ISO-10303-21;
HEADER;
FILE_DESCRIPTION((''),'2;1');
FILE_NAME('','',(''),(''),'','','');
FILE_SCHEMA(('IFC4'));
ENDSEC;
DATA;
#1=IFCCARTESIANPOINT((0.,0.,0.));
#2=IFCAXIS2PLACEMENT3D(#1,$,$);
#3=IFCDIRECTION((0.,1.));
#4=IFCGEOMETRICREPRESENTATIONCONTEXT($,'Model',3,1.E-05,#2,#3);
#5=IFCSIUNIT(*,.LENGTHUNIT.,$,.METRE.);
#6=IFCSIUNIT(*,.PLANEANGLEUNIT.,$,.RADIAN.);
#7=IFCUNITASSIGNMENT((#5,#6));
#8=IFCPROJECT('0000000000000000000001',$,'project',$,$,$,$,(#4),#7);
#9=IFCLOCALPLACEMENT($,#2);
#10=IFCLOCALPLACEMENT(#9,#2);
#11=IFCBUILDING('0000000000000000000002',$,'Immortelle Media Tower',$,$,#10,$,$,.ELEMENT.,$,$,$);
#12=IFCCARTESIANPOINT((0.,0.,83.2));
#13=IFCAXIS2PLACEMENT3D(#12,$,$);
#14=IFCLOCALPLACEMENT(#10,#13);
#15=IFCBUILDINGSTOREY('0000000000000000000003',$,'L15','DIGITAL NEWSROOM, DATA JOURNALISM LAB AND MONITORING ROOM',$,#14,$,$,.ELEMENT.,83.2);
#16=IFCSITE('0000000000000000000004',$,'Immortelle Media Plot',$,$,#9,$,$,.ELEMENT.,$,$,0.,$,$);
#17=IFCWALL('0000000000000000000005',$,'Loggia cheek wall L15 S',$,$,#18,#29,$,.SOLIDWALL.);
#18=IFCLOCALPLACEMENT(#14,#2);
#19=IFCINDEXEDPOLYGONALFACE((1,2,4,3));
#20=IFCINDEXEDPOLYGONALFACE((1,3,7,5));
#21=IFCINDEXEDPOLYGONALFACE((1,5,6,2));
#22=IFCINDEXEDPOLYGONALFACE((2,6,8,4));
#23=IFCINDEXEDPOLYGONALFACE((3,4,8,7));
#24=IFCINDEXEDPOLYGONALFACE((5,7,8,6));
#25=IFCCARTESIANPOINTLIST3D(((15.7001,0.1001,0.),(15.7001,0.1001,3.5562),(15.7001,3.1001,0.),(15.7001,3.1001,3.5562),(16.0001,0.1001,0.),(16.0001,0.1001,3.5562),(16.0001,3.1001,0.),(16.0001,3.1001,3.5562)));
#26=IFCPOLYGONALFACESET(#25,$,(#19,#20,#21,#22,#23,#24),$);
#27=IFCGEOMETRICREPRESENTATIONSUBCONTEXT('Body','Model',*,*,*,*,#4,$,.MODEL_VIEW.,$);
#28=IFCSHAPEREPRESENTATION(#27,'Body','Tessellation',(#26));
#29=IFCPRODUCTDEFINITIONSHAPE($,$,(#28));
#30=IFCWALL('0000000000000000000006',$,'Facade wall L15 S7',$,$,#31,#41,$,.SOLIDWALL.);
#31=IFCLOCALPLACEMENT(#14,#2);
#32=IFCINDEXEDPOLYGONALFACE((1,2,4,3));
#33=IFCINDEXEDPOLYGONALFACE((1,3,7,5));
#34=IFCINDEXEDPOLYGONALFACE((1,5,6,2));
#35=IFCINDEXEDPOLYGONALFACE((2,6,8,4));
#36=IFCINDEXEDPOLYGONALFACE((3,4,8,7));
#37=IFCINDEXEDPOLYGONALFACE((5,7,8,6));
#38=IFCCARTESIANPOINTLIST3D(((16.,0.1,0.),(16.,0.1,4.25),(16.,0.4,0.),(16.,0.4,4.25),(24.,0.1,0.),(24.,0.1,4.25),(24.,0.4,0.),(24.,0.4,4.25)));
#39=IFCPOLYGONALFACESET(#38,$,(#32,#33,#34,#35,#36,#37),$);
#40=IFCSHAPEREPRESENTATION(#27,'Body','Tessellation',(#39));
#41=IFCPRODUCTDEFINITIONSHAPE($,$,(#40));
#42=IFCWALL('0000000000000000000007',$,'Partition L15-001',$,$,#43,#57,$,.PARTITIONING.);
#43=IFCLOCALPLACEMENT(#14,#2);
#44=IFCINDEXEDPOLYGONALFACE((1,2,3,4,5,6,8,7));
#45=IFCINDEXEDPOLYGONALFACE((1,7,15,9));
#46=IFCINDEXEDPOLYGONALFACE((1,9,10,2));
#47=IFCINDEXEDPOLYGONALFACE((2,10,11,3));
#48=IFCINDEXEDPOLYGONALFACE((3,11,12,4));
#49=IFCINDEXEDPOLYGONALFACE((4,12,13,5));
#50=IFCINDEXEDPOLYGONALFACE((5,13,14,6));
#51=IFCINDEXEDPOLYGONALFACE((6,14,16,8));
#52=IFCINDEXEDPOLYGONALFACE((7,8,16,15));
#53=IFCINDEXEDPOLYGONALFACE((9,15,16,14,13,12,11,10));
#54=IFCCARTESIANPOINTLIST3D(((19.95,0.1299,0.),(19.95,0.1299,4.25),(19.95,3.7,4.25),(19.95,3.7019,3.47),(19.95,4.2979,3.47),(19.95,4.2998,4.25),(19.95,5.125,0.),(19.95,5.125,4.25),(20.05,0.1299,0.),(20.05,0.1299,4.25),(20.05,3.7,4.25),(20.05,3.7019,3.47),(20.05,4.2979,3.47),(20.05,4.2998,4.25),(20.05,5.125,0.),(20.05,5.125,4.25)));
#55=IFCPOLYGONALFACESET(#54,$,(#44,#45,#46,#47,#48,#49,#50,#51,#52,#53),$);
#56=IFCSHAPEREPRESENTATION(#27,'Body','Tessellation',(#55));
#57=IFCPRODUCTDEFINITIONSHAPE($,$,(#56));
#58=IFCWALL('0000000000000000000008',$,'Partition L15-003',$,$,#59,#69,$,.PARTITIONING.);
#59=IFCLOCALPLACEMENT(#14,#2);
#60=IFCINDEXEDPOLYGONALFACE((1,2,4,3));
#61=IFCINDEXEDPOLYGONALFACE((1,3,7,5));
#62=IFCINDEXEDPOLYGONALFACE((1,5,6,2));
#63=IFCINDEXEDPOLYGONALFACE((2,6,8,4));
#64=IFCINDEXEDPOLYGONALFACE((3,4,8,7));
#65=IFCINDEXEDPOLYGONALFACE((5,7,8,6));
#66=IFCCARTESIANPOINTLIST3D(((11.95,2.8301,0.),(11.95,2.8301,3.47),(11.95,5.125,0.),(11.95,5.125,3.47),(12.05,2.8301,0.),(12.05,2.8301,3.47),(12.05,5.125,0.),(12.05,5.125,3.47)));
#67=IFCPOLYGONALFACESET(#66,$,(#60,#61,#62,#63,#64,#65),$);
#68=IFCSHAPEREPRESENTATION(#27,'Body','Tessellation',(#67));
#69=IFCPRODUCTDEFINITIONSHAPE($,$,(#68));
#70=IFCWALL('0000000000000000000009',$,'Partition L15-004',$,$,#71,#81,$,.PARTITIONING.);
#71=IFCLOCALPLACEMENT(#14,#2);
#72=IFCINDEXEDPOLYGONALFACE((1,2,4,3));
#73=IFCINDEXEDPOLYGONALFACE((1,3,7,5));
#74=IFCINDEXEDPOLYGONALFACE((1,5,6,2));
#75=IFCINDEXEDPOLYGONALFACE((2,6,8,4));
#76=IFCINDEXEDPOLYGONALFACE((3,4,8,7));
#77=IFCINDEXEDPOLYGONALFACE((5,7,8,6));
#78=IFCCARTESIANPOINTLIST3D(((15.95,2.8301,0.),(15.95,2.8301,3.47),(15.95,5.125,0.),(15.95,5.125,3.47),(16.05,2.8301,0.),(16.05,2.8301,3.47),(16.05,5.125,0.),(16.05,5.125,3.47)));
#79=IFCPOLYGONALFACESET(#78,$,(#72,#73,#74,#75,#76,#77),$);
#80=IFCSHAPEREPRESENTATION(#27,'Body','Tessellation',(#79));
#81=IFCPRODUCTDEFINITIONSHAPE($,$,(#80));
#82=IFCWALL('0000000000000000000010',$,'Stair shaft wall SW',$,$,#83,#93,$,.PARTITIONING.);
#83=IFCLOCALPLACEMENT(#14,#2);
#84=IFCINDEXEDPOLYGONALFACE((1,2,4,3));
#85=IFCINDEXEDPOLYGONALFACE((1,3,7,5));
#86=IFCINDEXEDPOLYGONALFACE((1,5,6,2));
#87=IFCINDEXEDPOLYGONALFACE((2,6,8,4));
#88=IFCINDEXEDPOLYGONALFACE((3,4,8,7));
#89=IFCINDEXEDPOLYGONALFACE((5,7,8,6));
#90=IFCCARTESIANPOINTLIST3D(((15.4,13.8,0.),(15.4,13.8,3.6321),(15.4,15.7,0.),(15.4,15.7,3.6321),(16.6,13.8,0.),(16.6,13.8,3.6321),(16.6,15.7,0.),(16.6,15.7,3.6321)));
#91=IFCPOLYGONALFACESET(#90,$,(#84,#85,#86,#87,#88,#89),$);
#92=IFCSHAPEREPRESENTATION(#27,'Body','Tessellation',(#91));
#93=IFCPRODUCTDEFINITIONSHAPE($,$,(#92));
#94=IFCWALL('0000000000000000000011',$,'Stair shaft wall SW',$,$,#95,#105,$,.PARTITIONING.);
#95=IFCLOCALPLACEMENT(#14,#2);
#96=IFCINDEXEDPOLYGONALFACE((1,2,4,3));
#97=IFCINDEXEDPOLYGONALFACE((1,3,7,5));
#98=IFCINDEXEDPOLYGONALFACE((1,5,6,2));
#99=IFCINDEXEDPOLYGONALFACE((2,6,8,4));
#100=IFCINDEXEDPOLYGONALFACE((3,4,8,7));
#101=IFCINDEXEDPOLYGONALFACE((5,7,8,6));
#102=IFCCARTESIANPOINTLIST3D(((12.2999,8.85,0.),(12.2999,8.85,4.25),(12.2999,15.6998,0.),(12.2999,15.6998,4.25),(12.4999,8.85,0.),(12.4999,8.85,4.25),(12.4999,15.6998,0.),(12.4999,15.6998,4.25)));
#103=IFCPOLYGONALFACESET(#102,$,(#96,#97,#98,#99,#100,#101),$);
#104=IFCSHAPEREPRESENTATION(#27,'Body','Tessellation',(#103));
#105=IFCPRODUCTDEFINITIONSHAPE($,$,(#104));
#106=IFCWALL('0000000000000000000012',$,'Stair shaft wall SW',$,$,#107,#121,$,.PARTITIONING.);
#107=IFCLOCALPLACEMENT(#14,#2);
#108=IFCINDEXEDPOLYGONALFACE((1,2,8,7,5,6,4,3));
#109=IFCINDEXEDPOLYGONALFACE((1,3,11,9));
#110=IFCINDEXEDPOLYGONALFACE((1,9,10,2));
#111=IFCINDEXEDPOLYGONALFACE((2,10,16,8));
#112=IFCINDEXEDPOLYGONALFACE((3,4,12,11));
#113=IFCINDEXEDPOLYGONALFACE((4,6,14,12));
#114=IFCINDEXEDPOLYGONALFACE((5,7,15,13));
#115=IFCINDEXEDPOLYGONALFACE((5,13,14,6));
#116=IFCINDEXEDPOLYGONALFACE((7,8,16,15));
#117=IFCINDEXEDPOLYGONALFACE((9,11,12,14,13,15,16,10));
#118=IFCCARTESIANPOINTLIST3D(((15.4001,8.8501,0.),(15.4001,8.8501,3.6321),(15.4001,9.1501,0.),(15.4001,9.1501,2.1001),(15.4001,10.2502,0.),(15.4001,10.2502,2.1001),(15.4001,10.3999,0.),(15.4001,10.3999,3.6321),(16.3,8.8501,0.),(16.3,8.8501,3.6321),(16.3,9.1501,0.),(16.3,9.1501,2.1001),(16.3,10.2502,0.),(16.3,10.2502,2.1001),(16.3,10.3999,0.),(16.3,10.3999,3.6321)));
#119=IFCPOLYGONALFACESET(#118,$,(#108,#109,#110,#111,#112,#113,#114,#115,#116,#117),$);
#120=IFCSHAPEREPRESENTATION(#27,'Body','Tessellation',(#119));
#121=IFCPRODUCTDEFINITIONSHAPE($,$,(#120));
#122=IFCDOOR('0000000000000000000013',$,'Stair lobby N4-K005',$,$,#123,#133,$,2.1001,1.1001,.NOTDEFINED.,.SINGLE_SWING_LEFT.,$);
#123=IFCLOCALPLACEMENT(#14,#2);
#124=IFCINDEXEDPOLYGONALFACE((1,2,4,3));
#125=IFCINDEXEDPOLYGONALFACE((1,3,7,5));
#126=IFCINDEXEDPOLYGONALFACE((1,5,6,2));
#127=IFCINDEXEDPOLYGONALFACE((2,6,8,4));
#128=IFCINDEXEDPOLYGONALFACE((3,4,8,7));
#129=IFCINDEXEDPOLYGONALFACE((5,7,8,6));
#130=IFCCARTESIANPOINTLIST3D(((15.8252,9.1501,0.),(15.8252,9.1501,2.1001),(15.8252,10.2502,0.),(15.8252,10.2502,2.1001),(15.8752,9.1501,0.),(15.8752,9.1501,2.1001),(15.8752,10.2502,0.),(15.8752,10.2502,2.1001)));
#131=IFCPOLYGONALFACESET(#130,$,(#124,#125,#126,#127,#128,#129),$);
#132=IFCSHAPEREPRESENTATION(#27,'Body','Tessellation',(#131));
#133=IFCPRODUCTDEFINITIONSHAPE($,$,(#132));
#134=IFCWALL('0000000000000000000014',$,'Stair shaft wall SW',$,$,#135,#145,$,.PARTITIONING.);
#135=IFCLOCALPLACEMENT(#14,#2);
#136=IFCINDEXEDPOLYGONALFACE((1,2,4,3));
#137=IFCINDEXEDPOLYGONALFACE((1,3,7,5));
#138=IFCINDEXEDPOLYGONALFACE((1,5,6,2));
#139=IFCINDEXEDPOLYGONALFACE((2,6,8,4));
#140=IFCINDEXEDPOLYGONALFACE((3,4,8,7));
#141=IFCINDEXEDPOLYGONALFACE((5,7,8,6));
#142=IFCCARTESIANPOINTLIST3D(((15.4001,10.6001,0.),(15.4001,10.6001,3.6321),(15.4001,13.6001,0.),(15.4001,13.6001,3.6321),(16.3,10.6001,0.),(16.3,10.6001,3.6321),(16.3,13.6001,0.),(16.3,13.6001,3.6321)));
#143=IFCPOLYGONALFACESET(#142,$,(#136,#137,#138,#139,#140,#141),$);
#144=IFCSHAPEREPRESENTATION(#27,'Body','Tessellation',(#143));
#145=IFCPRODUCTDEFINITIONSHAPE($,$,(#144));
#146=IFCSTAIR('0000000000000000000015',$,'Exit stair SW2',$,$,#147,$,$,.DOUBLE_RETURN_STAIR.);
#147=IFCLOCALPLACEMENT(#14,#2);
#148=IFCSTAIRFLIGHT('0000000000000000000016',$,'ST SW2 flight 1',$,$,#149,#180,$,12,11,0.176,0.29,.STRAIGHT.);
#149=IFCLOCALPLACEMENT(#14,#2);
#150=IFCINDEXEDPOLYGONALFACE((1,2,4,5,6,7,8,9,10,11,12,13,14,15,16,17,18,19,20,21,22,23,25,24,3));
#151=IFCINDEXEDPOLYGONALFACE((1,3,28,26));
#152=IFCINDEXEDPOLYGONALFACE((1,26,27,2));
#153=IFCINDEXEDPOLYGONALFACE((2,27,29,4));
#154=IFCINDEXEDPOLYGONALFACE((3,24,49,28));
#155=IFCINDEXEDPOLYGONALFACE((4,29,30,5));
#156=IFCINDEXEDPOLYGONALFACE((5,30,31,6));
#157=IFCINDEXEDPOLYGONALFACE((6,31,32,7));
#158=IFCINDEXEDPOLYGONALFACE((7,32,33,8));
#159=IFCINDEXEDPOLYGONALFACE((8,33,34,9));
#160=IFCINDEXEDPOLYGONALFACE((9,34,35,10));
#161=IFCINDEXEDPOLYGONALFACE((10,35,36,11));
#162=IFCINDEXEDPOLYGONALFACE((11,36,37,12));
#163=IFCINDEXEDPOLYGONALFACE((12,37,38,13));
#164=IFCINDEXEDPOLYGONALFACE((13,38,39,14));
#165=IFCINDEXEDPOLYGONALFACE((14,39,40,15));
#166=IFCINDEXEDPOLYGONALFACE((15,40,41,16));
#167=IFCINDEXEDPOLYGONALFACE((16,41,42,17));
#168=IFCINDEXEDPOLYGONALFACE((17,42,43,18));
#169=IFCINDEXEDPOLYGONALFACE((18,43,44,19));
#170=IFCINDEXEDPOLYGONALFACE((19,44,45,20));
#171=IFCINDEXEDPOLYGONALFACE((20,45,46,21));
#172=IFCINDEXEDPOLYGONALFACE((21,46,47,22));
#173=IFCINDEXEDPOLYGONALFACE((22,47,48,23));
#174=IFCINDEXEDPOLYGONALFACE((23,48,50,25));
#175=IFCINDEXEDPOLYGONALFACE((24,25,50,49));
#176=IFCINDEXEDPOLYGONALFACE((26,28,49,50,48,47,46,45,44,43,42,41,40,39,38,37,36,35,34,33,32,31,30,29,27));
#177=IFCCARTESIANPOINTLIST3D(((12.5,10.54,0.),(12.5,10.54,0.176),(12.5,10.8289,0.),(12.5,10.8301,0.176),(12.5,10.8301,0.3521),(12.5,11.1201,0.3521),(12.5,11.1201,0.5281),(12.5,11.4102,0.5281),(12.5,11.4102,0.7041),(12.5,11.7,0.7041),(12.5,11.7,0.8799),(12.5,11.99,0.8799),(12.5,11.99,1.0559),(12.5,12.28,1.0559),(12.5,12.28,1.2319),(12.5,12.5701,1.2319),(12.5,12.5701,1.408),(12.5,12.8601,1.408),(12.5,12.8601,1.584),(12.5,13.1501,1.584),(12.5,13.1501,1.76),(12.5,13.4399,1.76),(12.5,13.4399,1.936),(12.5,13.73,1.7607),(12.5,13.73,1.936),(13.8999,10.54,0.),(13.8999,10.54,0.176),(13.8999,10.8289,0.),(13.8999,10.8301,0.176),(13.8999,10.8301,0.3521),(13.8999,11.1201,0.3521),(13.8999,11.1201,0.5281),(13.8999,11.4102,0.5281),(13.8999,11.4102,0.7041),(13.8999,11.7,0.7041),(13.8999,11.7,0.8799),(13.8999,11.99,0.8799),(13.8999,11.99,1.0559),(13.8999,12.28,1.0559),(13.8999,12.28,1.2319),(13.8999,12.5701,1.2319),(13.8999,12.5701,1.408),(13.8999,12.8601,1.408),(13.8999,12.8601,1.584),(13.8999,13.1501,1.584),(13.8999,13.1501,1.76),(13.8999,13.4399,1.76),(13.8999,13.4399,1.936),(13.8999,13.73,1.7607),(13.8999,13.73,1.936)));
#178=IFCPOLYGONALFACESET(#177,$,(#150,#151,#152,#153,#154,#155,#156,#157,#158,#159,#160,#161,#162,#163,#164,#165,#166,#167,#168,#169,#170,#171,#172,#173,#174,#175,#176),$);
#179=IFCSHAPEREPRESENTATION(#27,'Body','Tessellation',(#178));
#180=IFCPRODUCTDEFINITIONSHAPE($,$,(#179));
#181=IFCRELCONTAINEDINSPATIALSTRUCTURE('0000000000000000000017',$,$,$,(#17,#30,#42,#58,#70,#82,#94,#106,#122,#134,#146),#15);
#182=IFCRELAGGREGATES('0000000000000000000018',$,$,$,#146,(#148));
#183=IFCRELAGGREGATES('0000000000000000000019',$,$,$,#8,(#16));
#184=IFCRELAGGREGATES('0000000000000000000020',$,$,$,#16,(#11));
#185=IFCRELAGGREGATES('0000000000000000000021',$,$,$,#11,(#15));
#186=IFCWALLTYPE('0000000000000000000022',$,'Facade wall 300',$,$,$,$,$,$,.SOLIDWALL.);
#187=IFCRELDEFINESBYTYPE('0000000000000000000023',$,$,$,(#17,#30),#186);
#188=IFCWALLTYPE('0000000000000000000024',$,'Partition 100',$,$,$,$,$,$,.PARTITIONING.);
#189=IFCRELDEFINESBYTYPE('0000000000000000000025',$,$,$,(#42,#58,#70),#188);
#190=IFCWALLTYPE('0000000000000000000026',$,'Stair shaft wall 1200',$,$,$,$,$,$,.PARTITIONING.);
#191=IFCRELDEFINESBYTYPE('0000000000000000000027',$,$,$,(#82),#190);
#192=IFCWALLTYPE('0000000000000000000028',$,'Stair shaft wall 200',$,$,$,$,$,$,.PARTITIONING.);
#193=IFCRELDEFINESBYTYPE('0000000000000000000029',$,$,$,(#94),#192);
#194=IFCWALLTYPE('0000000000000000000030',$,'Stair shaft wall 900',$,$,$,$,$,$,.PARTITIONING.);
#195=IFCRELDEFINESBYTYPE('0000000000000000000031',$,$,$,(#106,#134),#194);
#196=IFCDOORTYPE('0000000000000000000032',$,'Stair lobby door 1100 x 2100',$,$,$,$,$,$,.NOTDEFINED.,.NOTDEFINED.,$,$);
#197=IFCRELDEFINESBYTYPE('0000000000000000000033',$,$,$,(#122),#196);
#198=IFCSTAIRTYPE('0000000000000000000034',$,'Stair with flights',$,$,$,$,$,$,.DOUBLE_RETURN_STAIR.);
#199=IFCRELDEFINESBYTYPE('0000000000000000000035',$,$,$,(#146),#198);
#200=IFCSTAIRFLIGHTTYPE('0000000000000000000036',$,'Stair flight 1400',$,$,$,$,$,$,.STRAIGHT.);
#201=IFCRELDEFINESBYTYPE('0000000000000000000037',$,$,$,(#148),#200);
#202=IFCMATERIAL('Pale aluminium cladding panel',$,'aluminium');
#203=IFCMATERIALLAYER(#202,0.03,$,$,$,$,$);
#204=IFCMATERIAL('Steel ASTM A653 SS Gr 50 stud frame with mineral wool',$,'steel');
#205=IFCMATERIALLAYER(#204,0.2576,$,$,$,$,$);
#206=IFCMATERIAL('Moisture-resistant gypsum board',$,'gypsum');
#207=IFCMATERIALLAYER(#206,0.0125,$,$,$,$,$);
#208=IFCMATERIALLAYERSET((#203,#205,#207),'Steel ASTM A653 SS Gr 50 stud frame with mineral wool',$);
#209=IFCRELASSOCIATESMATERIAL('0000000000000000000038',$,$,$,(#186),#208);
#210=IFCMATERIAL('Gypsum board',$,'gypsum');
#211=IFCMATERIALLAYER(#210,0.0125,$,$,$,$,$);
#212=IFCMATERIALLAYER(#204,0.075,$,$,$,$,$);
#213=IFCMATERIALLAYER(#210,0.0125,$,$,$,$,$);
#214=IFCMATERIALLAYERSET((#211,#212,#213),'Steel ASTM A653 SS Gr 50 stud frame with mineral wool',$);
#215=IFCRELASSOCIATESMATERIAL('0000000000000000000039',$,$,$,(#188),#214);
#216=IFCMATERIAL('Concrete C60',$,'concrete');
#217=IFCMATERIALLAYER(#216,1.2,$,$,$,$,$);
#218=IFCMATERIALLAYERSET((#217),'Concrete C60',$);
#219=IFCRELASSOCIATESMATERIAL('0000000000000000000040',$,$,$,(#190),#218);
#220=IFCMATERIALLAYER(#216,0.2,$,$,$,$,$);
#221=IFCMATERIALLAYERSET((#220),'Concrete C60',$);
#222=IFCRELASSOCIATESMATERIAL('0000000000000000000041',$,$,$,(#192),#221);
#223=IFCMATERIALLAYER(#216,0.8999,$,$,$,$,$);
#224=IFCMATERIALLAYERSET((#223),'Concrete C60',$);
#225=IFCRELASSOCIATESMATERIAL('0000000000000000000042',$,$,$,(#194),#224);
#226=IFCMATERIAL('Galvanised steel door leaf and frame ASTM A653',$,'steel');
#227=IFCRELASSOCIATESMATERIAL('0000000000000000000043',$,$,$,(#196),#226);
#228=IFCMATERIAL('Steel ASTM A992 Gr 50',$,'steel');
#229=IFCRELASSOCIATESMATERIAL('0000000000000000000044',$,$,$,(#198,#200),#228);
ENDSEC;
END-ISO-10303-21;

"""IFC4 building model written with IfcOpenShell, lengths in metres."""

from ifc_helpers import new_model, si_unit, direction, frame, frame_2d, origin, place, context, subcontext, project, spatial, polyline, rectangle, outline, extrude, material, layer, layer_set, type_object, element, fill, aggregate, save


model = new_model("IFC4")

# Units and contexts
model_context = context("Model", 3, precision=1e-05, world=origin(), true_north=direction((0.0, 1.0)))
body_context = subcontext(model_context, "Body", "Model", "MODEL_VIEW")
ifc_project = project(units=[si_unit("LENGTHUNIT", "METRE"), si_unit("PLANEANGLEUNIT", "RADIAN")], contexts=[model_context])

# Site, building, storey
site_placement = place(None, origin())
site = spatial("IfcSite", under=ifc_project, at=site_placement, Name="Immortelle Media Plot", CompositionType="ELEMENT", RefElevation=0.0)
building_placement = place(site_placement, origin())
building = spatial("IfcBuilding", under=site, at=building_placement, Name="Immortelle Media Tower", CompositionType="ELEMENT")
storey_placement = place(building_placement, frame((0.0, 0.0, 83.2)))
storey = spatial("IfcBuildingStorey", under=building, at=storey_placement, Name="L15", Description="DIGITAL NEWSROOM, DATA JOURNALISM LAB AND MONITORING ROOM", CompositionType="ELEMENT", Elevation=83.2)

# Shared definitions
ifc_material_1 = material(Name="Steel ASTM A992 Gr 50", Category="steel")

# Shared definitions
ifc_material_2 = material(Name="Steel ASTM A653 SS Gr 50 stud frame with mineral wool", Category="steel")

# Walls
ifc_material_3 = material(Name="Pale aluminium cladding panel", Category="aluminium")
ifc_layer_1 = layer(ifc_material_3, 0.03)
ifc_layer_2 = layer(ifc_material_2, 0.2576)
ifc_material_4 = material(Name="Moisture-resistant gypsum board", Category="gypsum")
ifc_layer_3 = layer(ifc_material_4, 0.0125)
ifc_layer_set_1 = layer_set([ifc_layer_1, ifc_layer_2, ifc_layer_3], Name="Steel ASTM A653 SS Gr 50 stud frame with mineral wool")
wall_type_1 = type_object("IfcWallType", Name="Facade wall 300", PredefinedType="SOLIDWALL", material=ifc_layer_set_1)
wall_1_placement = place(storey_placement, frame((15.8501, 0.1001, 0.0), z_axis=(0.0, 0.0, 1.0), x_axis=(0.0, 1.0, 0.0)))
element("IfcWall", 1, at=wall_1_placement, inside=storey, type_object=wall_type_1, Name="Loggia cheek wall L15 S", PredefinedType="SOLIDWALL", context=body_context, shape_type="SweptSolid", body=[
    extrude(rectangle(XDim=3.0, YDim=0.3, at=frame_2d((1.5, 0.0))), origin(), (0.0, 0.0, 1.0), 3.5562),
])
wall_2_placement = place(storey_placement, frame((16.0, 0.25, 0.0), z_axis=(0.0, 0.0, 1.0), x_axis=(1.0, 0.0, 0.0)))
element("IfcWall", 2, at=wall_2_placement, inside=storey, type_object=wall_type_1, Name="Facade wall L15 S7", PredefinedType="SOLIDWALL", context=body_context, shape_type="SweptSolid", body=[
    extrude(rectangle(XDim=8.0, YDim=0.3, at=frame_2d((4.0, 0.0))), origin(), (0.0, 0.0, 1.0), 4.25),
])
ifc_material_5 = material(Name="Gypsum board", Category="gypsum")
ifc_layer_4 = layer(ifc_material_5, 0.0125)
ifc_layer_5 = layer(ifc_material_2, 0.075)
ifc_layer_6 = layer(ifc_material_5, 0.0125)
ifc_layer_set_2 = layer_set([ifc_layer_4, ifc_layer_5, ifc_layer_6], Name="Steel ASTM A653 SS Gr 50 stud frame with mineral wool")
wall_type_2 = type_object("IfcWallType", Name="Partition 100", PredefinedType="PARTITIONING", material=ifc_layer_set_2)
wall_3_placement = place(storey_placement, frame((20.0, 0.1299, 0.0), z_axis=(0.0, 0.0, 1.0), x_axis=(0.0, 1.0, 0.0)))
element("IfcWall", 3, at=wall_3_placement, inside=storey, type_object=wall_type_2, Name="Partition L15-001", PredefinedType="PARTITIONING", context=body_context, shape_type="SweptSolid", body=[
    extrude(outline(polyline([(0.0, 0.0), (4.9951, 0.0), (4.9951, 4.25), (4.1699, 4.25), (4.168, 3.47), (3.572, 3.47), (3.5701, 4.25), (0.0, 4.25), (0.0, 0.0)])), frame((0.0, 0.05, 0.0), z_axis=(0.0, -1.0, 0.0), x_axis=(1.0, 0.0, 0.0)), (0.0, 0.0, 1.0), 0.1001),
])
for number, where, z_axis, x_axis, name in (
    (4, (12.0, 2.8301, 0.0), (0.0, 0.0, 1.0), (0.0, 1.0, 0.0), "Partition L15-003"),
    (5, (16.0, 2.8301, 0.0), (0.0, 0.0, 1.0), (0.0, 1.0, 0.0), "Partition L15-004"),
):
    element("IfcWall", number, at=place(storey_placement, frame(where, z_axis=z_axis, x_axis=x_axis)), inside=storey, type_object=wall_type_2, Name=name, PredefinedType="PARTITIONING", context=body_context, shape_type="SweptSolid", body=[
        extrude(rectangle(XDim=2.2949, YDim=0.1001, at=frame_2d((1.1475, 0.0))), origin(), (0.0, 0.0, 1.0), 3.47),
    ])
ifc_material_6 = material(Name="Concrete C60", Category="concrete")
ifc_layer_7 = layer(ifc_material_6, 1.2)
ifc_layer_set_3 = layer_set([ifc_layer_7], Name="Concrete C60")
wall_type_3 = type_object("IfcWallType", Name="Stair shaft wall 1200", PredefinedType="PARTITIONING", material=ifc_layer_set_3)
wall_4_placement = place(storey_placement, frame((16.0, 13.8, 0.0), z_axis=(0.0, 0.0, 1.0), x_axis=(0.0, 1.0, 0.0)))
element("IfcWall", 6, at=wall_4_placement, inside=storey, type_object=wall_type_3, Name="Stair shaft wall SW", PredefinedType="PARTITIONING", context=body_context, shape_type="SweptSolid", body=[
    extrude(rectangle(XDim=1.8999, YDim=1.2, at=frame_2d((0.95, 0.0))), origin(), (0.0, 0.0, 1.0), 3.6321),
])
ifc_layer_8 = layer(ifc_material_6, 0.2)
ifc_layer_set_4 = layer_set([ifc_layer_8], Name="Concrete C60")
wall_type_4 = type_object("IfcWallType", Name="Stair shaft wall 200", PredefinedType="PARTITIONING", material=ifc_layer_set_4)
wall_5_placement = place(storey_placement, frame((12.3999, 8.8501, 0.0), z_axis=(0.0, 0.0, 1.0), x_axis=(0.0, 1.0, 0.0)))
element("IfcWall", 7, at=wall_5_placement, inside=storey, type_object=wall_type_4, Name="Stair shaft wall SW", PredefinedType="PARTITIONING", context=body_context, shape_type="SweptSolid", body=[
    extrude(rectangle(XDim=6.8499, YDim=0.2, at=frame_2d((3.4248, 0.0))), origin(), (0.0, 0.0, 1.0), 4.25),
])

# Wall, opening, door
ifc_layer_9 = layer(ifc_material_6, 0.8999)
ifc_layer_set_5 = layer_set([ifc_layer_9], Name="Concrete C60")
wall_type_5 = type_object("IfcWallType", Name="Stair shaft wall 900", PredefinedType="PARTITIONING", material=ifc_layer_set_5)
wall_6_placement = place(storey_placement, frame((15.8501, 8.8501, 0.0), z_axis=(0.0, 0.0, 1.0), x_axis=(0.0, 1.0, 0.0)))
wall_6 = element("IfcWall", 8, at=wall_6_placement, inside=storey, type_object=wall_type_5, Name="Stair shaft wall SW", PredefinedType="PARTITIONING", context=body_context, shape_type="SweptSolid", body=[
    extrude(rectangle(XDim=1.5498, YDim=0.8999, at=frame_2d((0.7749, 0.0))), origin(), (0.0, 0.0, 1.0), 3.6321),
])
opening_1_placement = place(wall_6_placement, frame((0.3, 0.0, 0.0)))
opening_1 = element("IfcOpeningElement", 9, at=opening_1_placement, cuts=wall_6, PredefinedType="OPENING", context=body_context, shape_type="SweptSolid", body=[
    extrude(rectangle(XDim=1.1001, YDim=2.1001, at=frame_2d((0.55, 1.05))), frame((0.0, 0.46, 0.0), z_axis=(0.0, -1.0, 0.0), x_axis=(1.0, 0.0, 0.0)), (0.0, 0.0, 1.0), 0.9199),
])
ifc_material_7 = material(Name="Galvanised steel door leaf and frame ASTM A653", Category="steel")
door_type_1 = type_object("IfcDoorType", Name="Stair lobby door 1100 x 2100", OperationType="NOTDEFINED", PredefinedType="NOTDEFINED", material=ifc_material_7)
door_1_placement = place(opening_1_placement, origin())
door_1 = element("IfcDoor", 10, at=door_1_placement, inside=storey, type_object=door_type_1, Name="Stair lobby N4-K005", OperationType="SINGLE_SWING_LEFT", OverallHeight=2.1001, OverallWidth=1.1001, PredefinedType="NOTDEFINED", context=body_context, shape_type="SweptSolid", body=[
    extrude(rectangle(XDim=1.1001, YDim=2.1001, at=frame_2d((0.55, 1.05))), frame((0.0, 0.0249, 0.0), z_axis=(0.0, -1.0, 0.0), x_axis=(1.0, 0.0, 0.0)), (0.0, 0.0, 1.0), 0.05),
])
fill(opening_1, door_1)

# Wall
wall_7_placement = place(storey_placement, frame((15.8501, 10.6001, 0.0), z_axis=(0.0, 0.0, 1.0), x_axis=(0.0, 1.0, 0.0)))
element("IfcWall", 11, at=wall_7_placement, inside=storey, type_object=wall_type_5, Name="Stair shaft wall SW", PredefinedType="PARTITIONING", context=body_context, shape_type="SweptSolid", body=[
    extrude(rectangle(XDim=3.0, YDim=0.8999, at=frame_2d((1.5, 0.0))), origin(), (0.0, 0.0, 1.0), 3.6321),
])

# Stair, stair flight
stair_type = type_object("IfcStairType", Name="Stair with flights", PredefinedType="DOUBLE_RETURN_STAIR", material=ifc_material_1)
stair_placement = place(storey_placement, origin())
stair = element("IfcStair", 12, at=stair_placement, inside=storey, type_object=stair_type, Name="Exit stair SW2", PredefinedType="DOUBLE_RETURN_STAIR")
stair_flight_type = type_object("IfcStairFlightType", Name="Stair flight 1400", PredefinedType="STRAIGHT", material=ifc_material_1)
stair_flight_1_placement = place(storey_placement, frame((13.2, 10.54, 0.0), z_axis=(0.0, 0.0, 1.0), x_axis=(0.0, 1.0, 0.0)))
stair_flight_1 = element("IfcStairFlight", 13, at=stair_flight_1_placement, type_object=stair_flight_type, Name="ST SW2 flight 1", NumberOfRisers=12, NumberOfTreads=11, PredefinedType="STRAIGHT", RiserHeight=0.176, TreadLength=0.29, context=body_context, shape_type="SweptSolid", body=[
    extrude(outline(polyline([(0.0, 0.0), (0.0, 0.176), (0.29, 0.176), (0.29, 0.3521), (0.5801, 0.3521), (0.5801, 0.5281), (0.8701, 0.5281), (0.8701, 0.7041), (1.1599, 0.7041), (1.1599, 0.8799), (1.45, 0.8799), (1.45, 1.0559), (1.74, 1.0559), (1.74, 1.2319), (2.03, 1.2319), (2.03, 1.408), (2.3201, 1.408), (2.3201, 1.584), (2.6101, 1.584), (2.6101, 1.76), (2.8999, 1.76), (2.8999, 1.936), (3.1899, 1.936), (3.1899, 2.1121), (3.1899, 1.7607), (0.2888, 0.0), (0.0, 0.0)])), frame((0.0, 0.7, 0.0), z_axis=(0.0, -1.0, 0.0), x_axis=(1.0, 0.0, 0.0)), (0.0, 0.0, 1.0), 1.3999),
])
aggregate(stair, [stair_flight_1])

save(model, "model.ifc")
